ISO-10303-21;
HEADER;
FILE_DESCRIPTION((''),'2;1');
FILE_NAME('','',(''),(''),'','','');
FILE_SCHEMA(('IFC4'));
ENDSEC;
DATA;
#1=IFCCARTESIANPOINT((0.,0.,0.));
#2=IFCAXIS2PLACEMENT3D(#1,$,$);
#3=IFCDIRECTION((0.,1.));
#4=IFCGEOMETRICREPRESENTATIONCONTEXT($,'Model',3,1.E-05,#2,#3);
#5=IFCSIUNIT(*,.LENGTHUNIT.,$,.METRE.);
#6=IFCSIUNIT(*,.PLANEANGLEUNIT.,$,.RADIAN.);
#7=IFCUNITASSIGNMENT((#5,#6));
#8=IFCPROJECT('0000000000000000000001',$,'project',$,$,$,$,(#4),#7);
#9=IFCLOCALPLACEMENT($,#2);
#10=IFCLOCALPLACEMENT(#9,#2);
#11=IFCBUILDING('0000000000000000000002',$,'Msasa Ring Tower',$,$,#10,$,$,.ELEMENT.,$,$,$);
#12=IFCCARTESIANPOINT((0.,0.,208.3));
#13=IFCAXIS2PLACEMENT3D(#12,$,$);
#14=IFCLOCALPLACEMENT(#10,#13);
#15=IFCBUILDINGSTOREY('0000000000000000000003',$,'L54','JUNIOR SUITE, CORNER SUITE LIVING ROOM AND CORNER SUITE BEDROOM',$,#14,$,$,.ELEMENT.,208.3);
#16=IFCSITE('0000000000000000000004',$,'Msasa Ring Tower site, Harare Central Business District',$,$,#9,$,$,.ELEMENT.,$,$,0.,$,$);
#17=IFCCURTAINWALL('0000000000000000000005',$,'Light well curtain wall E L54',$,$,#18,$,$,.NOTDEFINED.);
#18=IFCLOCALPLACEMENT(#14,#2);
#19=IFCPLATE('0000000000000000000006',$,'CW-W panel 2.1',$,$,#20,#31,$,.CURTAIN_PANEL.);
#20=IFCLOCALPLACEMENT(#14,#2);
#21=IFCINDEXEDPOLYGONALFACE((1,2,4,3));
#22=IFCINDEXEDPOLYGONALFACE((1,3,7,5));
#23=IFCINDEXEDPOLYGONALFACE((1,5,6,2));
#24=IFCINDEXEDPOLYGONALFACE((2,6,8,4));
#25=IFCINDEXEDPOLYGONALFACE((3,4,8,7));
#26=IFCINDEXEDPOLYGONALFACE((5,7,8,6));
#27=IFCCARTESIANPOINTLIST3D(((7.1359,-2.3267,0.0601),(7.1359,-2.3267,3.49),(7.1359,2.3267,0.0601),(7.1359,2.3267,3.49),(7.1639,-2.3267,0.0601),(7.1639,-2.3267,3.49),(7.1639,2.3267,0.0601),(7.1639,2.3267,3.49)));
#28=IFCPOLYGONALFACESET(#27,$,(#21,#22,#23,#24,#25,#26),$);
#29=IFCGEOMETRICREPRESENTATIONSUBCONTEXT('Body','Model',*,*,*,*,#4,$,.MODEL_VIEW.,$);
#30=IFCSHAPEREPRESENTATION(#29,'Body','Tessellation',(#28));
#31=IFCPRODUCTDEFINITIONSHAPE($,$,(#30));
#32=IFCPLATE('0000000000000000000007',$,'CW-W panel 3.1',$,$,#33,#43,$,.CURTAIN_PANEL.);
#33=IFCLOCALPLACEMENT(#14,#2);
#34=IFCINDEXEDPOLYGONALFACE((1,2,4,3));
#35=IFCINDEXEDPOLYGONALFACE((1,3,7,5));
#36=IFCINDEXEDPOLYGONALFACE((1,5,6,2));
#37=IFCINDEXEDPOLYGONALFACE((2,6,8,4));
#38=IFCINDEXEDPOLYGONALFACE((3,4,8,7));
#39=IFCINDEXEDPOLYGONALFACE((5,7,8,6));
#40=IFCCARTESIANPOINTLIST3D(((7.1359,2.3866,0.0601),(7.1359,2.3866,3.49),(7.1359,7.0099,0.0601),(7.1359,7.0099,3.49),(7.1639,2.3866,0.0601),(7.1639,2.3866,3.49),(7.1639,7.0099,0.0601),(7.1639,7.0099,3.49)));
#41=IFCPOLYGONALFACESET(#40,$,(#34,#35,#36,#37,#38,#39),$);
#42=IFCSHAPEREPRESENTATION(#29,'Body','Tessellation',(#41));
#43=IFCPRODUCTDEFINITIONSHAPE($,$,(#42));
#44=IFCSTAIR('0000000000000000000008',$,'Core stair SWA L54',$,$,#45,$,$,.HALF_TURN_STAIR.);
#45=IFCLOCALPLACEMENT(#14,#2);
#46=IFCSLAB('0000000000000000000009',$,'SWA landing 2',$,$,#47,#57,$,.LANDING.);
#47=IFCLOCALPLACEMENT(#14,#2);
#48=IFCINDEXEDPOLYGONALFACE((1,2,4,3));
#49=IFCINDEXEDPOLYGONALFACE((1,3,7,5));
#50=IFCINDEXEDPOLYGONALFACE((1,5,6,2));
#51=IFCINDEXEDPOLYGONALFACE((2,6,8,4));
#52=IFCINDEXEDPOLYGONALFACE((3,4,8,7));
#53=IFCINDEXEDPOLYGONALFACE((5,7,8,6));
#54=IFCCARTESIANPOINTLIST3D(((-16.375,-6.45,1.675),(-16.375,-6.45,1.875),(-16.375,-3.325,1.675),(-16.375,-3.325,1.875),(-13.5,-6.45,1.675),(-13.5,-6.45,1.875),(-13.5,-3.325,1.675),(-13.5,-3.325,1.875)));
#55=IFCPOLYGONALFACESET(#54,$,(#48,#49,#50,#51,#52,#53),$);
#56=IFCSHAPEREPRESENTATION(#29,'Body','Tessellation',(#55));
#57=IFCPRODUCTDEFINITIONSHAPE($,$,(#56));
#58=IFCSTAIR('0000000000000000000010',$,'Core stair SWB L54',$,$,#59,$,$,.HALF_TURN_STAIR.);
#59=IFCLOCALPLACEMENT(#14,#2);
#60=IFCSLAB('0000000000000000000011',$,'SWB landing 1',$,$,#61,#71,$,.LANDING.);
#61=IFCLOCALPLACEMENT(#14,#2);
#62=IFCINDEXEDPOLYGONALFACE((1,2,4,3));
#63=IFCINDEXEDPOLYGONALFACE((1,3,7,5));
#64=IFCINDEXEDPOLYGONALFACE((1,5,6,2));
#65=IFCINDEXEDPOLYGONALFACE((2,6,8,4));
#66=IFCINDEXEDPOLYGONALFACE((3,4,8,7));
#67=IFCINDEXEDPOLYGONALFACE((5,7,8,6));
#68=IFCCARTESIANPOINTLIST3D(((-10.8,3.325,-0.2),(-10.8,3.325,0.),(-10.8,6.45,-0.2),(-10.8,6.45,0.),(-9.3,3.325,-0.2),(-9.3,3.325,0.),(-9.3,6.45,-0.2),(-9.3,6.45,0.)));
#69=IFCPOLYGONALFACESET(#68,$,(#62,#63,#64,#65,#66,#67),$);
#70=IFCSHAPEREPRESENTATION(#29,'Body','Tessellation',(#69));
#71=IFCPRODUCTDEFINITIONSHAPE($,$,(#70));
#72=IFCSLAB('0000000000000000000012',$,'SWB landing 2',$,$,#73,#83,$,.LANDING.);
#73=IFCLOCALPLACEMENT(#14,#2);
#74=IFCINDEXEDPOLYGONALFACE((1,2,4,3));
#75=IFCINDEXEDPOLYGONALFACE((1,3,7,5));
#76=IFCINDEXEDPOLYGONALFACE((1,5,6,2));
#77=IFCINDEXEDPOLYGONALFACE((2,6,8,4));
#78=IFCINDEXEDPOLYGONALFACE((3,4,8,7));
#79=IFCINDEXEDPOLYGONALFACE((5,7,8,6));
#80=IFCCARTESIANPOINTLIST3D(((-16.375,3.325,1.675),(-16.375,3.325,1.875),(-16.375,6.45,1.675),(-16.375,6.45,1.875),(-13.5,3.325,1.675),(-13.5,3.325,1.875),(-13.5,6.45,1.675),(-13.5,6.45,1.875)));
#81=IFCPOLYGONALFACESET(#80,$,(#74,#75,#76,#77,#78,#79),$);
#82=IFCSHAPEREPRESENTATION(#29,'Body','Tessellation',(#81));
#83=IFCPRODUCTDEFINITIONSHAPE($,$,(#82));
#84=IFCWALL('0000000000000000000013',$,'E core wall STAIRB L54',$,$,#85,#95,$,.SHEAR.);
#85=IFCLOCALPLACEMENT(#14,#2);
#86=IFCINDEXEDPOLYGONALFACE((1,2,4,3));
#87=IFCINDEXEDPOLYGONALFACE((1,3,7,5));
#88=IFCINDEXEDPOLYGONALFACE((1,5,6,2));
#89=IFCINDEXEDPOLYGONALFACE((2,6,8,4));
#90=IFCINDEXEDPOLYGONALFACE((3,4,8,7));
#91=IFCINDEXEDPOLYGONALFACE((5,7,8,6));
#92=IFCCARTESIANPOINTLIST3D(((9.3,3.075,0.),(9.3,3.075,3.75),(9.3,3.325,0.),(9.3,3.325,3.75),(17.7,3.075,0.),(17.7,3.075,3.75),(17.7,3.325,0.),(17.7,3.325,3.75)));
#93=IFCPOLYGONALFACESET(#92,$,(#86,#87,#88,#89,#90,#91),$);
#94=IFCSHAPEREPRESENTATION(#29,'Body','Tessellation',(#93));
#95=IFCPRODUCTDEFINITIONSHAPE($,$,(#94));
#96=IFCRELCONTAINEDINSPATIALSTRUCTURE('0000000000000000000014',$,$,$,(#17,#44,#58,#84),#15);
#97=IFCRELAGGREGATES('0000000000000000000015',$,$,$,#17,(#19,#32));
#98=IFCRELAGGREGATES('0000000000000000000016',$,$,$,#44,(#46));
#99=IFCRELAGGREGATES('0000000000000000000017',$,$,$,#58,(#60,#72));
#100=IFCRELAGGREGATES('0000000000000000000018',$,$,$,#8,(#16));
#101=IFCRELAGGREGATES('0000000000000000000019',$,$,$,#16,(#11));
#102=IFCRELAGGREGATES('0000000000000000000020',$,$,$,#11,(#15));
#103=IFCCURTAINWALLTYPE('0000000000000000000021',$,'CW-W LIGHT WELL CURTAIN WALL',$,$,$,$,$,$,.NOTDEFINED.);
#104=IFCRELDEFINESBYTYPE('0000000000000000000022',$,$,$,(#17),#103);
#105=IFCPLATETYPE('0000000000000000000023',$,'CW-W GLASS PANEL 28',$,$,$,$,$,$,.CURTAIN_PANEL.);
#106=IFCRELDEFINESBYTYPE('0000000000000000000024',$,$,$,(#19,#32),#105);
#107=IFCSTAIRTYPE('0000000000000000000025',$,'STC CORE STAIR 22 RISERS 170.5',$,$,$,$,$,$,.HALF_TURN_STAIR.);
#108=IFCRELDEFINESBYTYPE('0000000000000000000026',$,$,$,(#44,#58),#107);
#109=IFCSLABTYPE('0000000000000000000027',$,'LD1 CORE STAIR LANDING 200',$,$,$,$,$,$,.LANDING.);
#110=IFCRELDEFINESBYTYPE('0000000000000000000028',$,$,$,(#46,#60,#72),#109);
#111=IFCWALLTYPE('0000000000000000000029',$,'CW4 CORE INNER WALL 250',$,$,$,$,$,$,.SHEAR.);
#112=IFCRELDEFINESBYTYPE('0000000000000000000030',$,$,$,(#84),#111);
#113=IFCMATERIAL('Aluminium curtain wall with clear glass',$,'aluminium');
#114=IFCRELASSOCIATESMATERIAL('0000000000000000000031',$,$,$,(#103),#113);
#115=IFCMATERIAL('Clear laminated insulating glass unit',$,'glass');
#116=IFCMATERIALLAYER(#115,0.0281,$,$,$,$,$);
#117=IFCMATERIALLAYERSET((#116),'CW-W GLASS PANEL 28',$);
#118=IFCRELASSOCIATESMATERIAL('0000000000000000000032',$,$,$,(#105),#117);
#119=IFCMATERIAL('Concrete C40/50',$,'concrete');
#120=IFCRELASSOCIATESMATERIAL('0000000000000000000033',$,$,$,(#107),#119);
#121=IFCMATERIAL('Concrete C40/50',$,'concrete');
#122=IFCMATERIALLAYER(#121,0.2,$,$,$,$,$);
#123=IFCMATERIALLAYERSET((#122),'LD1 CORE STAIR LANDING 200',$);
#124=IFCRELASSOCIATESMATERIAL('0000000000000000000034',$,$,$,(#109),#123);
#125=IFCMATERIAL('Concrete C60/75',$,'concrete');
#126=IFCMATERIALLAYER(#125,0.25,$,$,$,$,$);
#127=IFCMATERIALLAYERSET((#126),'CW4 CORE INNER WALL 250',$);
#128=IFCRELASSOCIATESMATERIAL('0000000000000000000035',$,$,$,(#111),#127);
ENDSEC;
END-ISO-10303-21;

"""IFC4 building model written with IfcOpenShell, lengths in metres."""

from ifc_helpers import new_model, si_unit, direction, frame, frame_2d, origin, origin_2d, place, context, subcontext, project, spatial, polyline, rectangle, outline, extrude, material, layer, layer_set, type_object, element, aggregate, save


model = new_model("IFC4")

# Units and contexts
model_context = context("Model", 3, precision=1e-05, world=origin(), true_north=direction((0.0, 1.0)))
body_context = subcontext(model_context, "Body", "Model", "MODEL_VIEW")
ifc_project = project(units=[si_unit("LENGTHUNIT", "METRE"), si_unit("PLANEANGLEUNIT", "RADIAN")], contexts=[model_context])

# Site, building, storey
site_placement = place(None, origin())
site = spatial("IfcSite", under=ifc_project, at=site_placement, Name="Msasa Ring Tower site, Harare Central Business District", CompositionType="ELEMENT", RefElevation=0.0)
building_placement = place(site_placement, origin())
building = spatial("IfcBuilding", under=site, at=building_placement, Name="Msasa Ring Tower", CompositionType="ELEMENT")
storey_placement = place(building_placement, frame((0.0, 0.0, 208.3)))
storey = spatial("IfcBuildingStorey", under=building, at=storey_placement, Name="L54", Description="JUNIOR SUITE, CORNER SUITE LIVING ROOM AND CORNER SUITE BEDROOM", CompositionType="ELEMENT", Elevation=208.3)

# Curtain wall
ifc_material_1 = material(Name="Aluminium curtain wall with clear glass", Category="aluminium")
curtain_wall_type = type_object("IfcCurtainWallType", Name="CW-W LIGHT WELL CURTAIN WALL", PredefinedType="NOTDEFINED", material=ifc_material_1)
curtain_wall_placement = place(storey_placement, origin())
curtain_wall = element("IfcCurtainWall", 1, at=curtain_wall_placement, inside=storey, type_object=curtain_wall_type, Name="Light well curtain wall E L54", PredefinedType="NOTDEFINED")

# Plates
ifc_material_2 = material(Name="Clear laminated insulating glass unit", Category="glass")
ifc_layer_1 = layer(ifc_material_2, 0.0281)
ifc_layer_set_1 = layer_set([ifc_layer_1], Name="CW-W GLASS PANEL 28")
plate_type = type_object("IfcPlateType", Name="CW-W GLASS PANEL 28", PredefinedType="CURTAIN_PANEL", material=ifc_layer_set_1)
plate_1_placement = place(storey_placement, frame((7.1499, 0.0, 0.0601), z_axis=(0.0, 0.0, 1.0), x_axis=(0.0, 1.0, 0.0)))
plate_1 = element("IfcPlate", 2, at=plate_1_placement, type_object=plate_type, Name="CW-W panel 2.1", PredefinedType="CURTAIN_PANEL", context=body_context, shape_type="SweptSolid", body=[
    extrude(rectangle(XDim=4.6533, YDim=0.0281, at=origin_2d()), origin(), (0.0, 0.0, 1.0), 3.4299),
])
plate_2_placement = place(storey_placement, frame((7.1499, 4.6982, 0.0601), z_axis=(0.0, 0.0, 1.0), x_axis=(0.0, 1.0, 0.0)))
plate_2 = element("IfcPlate", 3, at=plate_2_placement, type_object=plate_type, Name="CW-W panel 3.1", PredefinedType="CURTAIN_PANEL", context=body_context, shape_type="SweptSolid", body=[
    extrude(rectangle(XDim=4.6233, YDim=0.0281, at=origin_2d()), origin(), (0.0, 0.0, 1.0), 3.4299),
])
aggregate(curtain_wall, [plate_1, plate_2])

# Stair, slab
ifc_material_3 = material(Name="Concrete C40/50", Category="concrete")
stair_type = type_object("IfcStairType", Name="STC CORE STAIR 22 RISERS 170.5", PredefinedType="HALF_TURN_STAIR", material=ifc_material_3)
stair_1_placement = place(storey_placement, origin())
stair_1 = element("IfcStair", 4, at=stair_1_placement, inside=storey, type_object=stair_type, Name="Core stair SWA L54", PredefinedType="HALF_TURN_STAIR")
ifc_material_4 = material(Name="Concrete C40/50", Category="concrete")
ifc_layer_2 = layer(ifc_material_4, 0.2)
ifc_layer_set_2 = layer_set([ifc_layer_2], Name="LD1 CORE STAIR LANDING 200")
slab_type = type_object("IfcSlabType", Name="LD1 CORE STAIR LANDING 200", PredefinedType="LANDING", material=ifc_layer_set_2)
slab_1_placement = place(storey_placement, frame((0.0, 0.0, 1.675)))
slab_1 = element("IfcSlab", 5, at=slab_1_placement, type_object=slab_type, Name="SWA landing 2", PredefinedType="LANDING", context=body_context, shape_type="SweptSolid", body=[
    extrude(outline(polyline([(-16.375, -6.45), (-13.5, -6.45), (-13.5, -3.325), (-16.375, -3.325), (-16.375, -6.45)])), origin(), (0.0, 0.0, 1.0), 0.2),
])
aggregate(stair_1, [slab_1])

# Stair, slabs
stair_2_placement = place(storey_placement, origin())
stair_2 = element("IfcStair", 6, at=stair_2_placement, inside=storey, type_object=stair_type, Name="Core stair SWB L54", PredefinedType="HALF_TURN_STAIR")
slab_2_placement = place(storey_placement, frame((0.0, 0.0, -0.2)))
slab_2 = element("IfcSlab", 7, at=slab_2_placement, type_object=slab_type, Name="SWB landing 1", PredefinedType="LANDING", context=body_context, shape_type="SweptSolid", body=[
    extrude(outline(polyline([(-10.8, 3.325), (-9.3, 3.325), (-9.3, 6.45), (-10.8, 6.45), (-10.8, 3.325)])), origin(), (0.0, 0.0, 1.0), 0.2),
])
slab_3_placement = place(storey_placement, frame((0.0, 0.0, 1.675)))
slab_3 = element("IfcSlab", 8, at=slab_3_placement, type_object=slab_type, Name="SWB landing 2", PredefinedType="LANDING", context=body_context, shape_type="SweptSolid", body=[
    extrude(outline(polyline([(-16.375, 3.325), (-13.5, 3.325), (-13.5, 6.45), (-16.375, 6.45), (-16.375, 3.325)])), origin(), (0.0, 0.0, 1.0), 0.2),
])
aggregate(stair_2, [slab_2, slab_3])

# Wall
ifc_material_5 = material(Name="Concrete C60/75", Category="concrete")
ifc_layer_3 = layer(ifc_material_5, 0.25)
ifc_layer_set_3 = layer_set([ifc_layer_3], Name="CW4 CORE INNER WALL 250")
wall_type = type_object("IfcWallType", Name="CW4 CORE INNER WALL 250", PredefinedType="SHEAR", material=ifc_layer_set_3)
wall_placement = place(storey_placement, frame((9.3, 3.2, 0.0), z_axis=(0.0, 0.0, 1.0), x_axis=(1.0, 0.0, 0.0)))
element("IfcWall", 9, at=wall_placement, inside=storey, type_object=wall_type, Name="E core wall STAIRB L54", PredefinedType="SHEAR", context=body_context, shape_type="SweptSolid", body=[
    extrude(rectangle(XDim=8.3999, YDim=0.25, at=frame_2d((4.2, 0.0))), origin(), (0.0, 0.0, 1.0), 3.75),
])

save(model, "model.ifc")
